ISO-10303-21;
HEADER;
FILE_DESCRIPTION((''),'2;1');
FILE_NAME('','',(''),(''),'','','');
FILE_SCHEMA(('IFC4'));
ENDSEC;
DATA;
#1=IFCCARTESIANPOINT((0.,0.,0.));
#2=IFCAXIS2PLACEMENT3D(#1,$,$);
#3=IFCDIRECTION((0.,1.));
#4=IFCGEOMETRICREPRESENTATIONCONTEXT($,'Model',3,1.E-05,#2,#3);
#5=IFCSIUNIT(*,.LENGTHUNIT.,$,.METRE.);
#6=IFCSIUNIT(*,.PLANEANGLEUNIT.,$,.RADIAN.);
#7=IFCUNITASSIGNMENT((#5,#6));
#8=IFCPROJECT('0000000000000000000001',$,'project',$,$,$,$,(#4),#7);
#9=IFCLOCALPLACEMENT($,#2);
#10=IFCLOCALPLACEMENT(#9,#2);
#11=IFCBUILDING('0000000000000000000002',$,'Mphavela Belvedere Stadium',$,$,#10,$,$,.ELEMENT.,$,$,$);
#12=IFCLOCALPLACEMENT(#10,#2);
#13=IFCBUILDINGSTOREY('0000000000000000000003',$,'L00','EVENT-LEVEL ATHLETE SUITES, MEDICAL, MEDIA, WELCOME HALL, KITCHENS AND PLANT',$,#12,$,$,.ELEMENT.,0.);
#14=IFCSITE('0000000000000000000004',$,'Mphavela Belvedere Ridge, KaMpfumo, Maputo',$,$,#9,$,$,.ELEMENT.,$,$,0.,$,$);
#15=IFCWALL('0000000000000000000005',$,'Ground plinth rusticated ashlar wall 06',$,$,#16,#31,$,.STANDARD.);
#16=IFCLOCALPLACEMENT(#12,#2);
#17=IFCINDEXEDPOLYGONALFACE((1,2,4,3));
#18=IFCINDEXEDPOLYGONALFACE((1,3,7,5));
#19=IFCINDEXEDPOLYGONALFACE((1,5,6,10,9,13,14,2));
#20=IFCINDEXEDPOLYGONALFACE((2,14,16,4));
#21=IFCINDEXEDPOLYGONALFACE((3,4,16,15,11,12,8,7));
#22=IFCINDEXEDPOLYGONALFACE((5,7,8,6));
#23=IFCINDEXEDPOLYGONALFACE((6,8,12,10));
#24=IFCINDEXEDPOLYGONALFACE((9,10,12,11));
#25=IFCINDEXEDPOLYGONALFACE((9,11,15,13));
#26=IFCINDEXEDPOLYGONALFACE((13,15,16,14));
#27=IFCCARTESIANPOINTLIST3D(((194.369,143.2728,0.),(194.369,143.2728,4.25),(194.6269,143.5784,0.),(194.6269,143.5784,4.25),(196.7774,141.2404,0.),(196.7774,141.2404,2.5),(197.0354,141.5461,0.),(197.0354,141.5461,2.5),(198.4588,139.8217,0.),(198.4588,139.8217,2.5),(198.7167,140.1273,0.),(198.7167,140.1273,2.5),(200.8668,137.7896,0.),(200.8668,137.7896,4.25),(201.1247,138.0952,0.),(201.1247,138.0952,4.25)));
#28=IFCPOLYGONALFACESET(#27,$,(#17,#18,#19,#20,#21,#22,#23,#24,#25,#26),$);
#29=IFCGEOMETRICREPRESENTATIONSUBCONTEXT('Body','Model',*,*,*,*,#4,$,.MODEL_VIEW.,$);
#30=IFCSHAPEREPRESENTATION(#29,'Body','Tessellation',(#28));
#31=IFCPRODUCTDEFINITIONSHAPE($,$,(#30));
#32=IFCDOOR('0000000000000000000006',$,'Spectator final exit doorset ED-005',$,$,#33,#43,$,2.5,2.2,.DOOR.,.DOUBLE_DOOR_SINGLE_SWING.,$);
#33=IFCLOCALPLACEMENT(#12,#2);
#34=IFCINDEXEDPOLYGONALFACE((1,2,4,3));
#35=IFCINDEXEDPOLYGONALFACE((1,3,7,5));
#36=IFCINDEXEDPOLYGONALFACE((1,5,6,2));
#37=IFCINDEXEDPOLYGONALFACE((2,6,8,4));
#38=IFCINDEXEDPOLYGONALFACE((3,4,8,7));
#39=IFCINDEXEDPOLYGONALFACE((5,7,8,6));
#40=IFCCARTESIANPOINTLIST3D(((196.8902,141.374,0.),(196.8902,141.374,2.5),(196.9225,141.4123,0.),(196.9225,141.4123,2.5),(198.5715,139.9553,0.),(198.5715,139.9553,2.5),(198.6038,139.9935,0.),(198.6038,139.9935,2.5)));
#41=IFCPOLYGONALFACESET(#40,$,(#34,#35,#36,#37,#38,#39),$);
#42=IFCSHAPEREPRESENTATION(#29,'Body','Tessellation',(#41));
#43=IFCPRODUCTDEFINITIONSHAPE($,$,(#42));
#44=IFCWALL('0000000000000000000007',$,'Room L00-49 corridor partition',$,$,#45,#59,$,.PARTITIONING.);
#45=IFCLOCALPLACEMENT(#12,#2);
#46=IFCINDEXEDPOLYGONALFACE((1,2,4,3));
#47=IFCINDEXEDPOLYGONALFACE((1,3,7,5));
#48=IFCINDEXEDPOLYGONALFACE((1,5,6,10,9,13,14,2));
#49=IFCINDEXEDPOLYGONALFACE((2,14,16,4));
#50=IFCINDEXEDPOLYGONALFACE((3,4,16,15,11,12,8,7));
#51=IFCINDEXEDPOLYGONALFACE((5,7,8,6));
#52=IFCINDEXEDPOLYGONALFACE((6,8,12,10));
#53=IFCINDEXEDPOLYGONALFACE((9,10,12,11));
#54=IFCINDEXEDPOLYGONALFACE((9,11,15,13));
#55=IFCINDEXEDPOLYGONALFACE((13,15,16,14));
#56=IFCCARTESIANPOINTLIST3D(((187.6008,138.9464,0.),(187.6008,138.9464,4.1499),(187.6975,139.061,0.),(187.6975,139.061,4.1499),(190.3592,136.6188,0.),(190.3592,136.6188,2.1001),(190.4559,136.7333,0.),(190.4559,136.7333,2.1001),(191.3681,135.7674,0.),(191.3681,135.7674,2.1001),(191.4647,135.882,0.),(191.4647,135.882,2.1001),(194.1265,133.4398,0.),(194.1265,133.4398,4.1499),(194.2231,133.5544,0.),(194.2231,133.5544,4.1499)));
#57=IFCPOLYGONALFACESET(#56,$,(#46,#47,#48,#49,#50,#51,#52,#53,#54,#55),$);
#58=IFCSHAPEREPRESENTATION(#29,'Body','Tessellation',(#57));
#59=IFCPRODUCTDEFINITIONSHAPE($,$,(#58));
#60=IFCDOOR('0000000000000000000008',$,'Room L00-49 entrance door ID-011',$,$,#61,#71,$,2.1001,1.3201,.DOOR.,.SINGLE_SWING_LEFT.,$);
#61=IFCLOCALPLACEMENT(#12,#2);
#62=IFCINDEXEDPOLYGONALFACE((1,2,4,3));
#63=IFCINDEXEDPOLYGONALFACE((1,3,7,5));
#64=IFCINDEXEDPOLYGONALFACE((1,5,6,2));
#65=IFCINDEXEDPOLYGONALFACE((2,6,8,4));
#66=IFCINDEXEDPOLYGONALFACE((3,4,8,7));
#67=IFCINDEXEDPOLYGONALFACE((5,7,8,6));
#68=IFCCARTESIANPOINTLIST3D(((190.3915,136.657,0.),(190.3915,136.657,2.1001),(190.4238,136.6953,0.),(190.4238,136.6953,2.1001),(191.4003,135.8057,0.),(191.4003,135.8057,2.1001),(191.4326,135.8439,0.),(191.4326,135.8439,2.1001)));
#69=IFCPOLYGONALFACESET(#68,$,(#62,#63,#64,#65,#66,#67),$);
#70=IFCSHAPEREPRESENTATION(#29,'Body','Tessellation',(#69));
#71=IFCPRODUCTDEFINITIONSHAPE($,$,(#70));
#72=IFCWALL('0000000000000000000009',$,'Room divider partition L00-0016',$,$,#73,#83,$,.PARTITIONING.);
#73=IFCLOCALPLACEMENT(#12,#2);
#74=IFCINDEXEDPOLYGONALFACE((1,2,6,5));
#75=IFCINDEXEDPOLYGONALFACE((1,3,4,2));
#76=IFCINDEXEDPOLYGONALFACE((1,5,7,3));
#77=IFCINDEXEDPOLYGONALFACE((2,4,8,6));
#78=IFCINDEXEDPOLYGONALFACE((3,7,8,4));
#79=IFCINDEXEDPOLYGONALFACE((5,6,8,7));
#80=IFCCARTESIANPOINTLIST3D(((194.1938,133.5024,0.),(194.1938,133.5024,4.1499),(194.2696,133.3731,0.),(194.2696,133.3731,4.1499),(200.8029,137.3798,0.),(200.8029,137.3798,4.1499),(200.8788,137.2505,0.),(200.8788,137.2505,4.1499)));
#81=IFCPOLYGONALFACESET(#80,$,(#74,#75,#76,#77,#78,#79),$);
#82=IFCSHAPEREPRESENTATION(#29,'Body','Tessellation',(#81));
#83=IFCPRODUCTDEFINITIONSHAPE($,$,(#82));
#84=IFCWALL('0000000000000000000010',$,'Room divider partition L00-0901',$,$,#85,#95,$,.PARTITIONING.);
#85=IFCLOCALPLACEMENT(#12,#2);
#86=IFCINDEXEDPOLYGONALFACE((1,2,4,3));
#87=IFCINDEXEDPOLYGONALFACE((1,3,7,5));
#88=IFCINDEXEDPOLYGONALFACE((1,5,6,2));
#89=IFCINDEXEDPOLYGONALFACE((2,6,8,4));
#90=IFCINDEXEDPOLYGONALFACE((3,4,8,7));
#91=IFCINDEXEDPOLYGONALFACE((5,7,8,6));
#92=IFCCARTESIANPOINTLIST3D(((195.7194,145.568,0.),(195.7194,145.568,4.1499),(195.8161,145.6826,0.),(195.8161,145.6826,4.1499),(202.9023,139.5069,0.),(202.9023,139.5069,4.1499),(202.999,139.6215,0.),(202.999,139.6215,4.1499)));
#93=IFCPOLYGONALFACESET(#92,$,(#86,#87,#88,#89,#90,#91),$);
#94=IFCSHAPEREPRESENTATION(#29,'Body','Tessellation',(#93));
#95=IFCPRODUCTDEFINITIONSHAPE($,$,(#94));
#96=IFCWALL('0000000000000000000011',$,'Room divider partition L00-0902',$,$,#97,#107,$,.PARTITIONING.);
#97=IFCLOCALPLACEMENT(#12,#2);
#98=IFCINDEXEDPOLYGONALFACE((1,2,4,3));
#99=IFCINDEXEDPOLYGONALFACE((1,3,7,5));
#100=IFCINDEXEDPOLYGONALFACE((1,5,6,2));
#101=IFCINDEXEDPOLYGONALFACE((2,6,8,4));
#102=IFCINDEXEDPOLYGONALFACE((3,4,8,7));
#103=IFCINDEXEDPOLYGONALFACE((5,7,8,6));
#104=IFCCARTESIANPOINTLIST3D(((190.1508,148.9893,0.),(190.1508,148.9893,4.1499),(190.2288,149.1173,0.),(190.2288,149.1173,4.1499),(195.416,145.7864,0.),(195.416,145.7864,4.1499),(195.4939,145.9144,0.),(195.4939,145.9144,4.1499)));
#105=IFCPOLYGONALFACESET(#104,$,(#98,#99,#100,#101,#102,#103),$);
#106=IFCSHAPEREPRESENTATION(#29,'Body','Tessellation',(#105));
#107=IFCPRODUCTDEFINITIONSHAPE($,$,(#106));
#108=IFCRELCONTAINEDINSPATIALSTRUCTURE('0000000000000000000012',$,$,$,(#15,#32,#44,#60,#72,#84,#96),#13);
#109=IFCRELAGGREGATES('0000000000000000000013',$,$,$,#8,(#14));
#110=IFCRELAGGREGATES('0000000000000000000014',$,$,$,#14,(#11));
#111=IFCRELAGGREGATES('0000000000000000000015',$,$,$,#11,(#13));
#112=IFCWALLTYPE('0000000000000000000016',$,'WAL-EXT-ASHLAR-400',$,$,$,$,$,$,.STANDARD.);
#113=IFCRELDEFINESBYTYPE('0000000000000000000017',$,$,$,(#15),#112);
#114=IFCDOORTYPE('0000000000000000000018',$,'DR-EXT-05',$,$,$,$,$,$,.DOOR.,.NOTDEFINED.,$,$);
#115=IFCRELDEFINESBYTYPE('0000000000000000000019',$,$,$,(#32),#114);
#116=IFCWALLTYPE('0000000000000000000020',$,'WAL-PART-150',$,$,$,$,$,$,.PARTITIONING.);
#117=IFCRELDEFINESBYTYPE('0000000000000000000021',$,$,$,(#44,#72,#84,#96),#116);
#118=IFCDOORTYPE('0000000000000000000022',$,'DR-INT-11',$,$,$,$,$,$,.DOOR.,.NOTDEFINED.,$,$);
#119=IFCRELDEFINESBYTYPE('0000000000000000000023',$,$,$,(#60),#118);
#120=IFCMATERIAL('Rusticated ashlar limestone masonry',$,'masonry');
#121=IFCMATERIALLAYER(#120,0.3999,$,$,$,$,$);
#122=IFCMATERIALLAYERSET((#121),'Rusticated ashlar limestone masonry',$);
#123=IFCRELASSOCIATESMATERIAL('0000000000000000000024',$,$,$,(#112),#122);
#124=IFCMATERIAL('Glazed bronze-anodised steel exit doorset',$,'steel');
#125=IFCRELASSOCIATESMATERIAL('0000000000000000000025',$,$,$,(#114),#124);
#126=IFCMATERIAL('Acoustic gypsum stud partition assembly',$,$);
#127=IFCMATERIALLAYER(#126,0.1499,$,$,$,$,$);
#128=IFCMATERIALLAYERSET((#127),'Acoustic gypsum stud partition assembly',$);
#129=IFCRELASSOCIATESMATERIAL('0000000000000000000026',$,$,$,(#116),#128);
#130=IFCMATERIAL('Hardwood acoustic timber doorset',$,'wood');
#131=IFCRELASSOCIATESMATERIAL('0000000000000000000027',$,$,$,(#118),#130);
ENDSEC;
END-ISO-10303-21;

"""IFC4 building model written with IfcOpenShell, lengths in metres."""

from ifc_helpers import new_model, si_unit, direction, frame, frame_2d, origin, place, context, subcontext, project, spatial, rectangle, extrude, material, layer, layer_set, type_object, element, fill, save


model = new_model("IFC4")

# Units and contexts
model_context = context("Model", 3, precision=1e-05, world=origin(), true_north=direction((0.0, 1.0)))
body_context = subcontext(model_context, "Body", "Model", "MODEL_VIEW")
ifc_project = project(units=[si_unit("LENGTHUNIT", "METRE"), si_unit("PLANEANGLEUNIT", "RADIAN")], contexts=[model_context])

# Site, building, storey
site_placement = place(None, origin())
site = spatial("IfcSite", under=ifc_project, at=site_placement, Name="Mphavela Belvedere Ridge, KaMpfumo, Maputo", CompositionType="ELEMENT", RefElevation=0.0)
building_placement = place(site_placement, origin())
building = spatial("IfcBuilding", under=site, at=building_placement, Name="Mphavela Belvedere Stadium", CompositionType="ELEMENT")
storey_placement = place(building_placement, origin())
storey = spatial("IfcBuildingStorey", under=building, at=storey_placement, Name="L00", Description="EVENT-LEVEL ATHLETE SUITES, MEDICAL, MEDIA, WELCOME HALL, KITCHENS AND PLANT", CompositionType="ELEMENT", Elevation=0.0)

# Walls, openings, doors
ifc_material_1 = material(Name="Rusticated ashlar limestone masonry", Category="masonry")
ifc_layer_1 = layer(ifc_material_1, 0.3999)
ifc_layer_set_1 = layer_set([ifc_layer_1], Name="Rusticated ashlar limestone masonry")
wall_type_1 = type_object("IfcWallType", Name="WAL-EXT-ASHLAR-400", PredefinedType="STANDARD", material=ifc_layer_set_1)
wall_1_placement = place(storey_placement, frame((194.498, 143.4255, 0.0), z_axis=(0.0, 0.0, 1.0), x_axis=(0.764255, -0.644914, 0.0)))
wall_1 = element("IfcWall", 1, at=wall_1_placement, inside=storey, type_object=wall_type_1, Name="Ground plinth rusticated ashlar wall 06", PredefinedType="STANDARD", context=body_context, shape_type="SweptSolid", body=[
    extrude(rectangle(XDim=8.5022, YDim=0.3999, at=frame_2d((4.251, 0.0))), origin(), (0.0, 0.0, 1.0), 4.25),
])
opening_1_placement = place(wall_1_placement, frame((3.1511, 0.0, 0.0)))
opening_1 = element("IfcOpeningElement", 2, at=opening_1_placement, cuts=wall_1, PredefinedType="OPENING", context=body_context, shape_type="SweptSolid", body=[
    extrude(rectangle(XDim=2.2, YDim=2.5, at=frame_2d((1.1001, 1.25))), frame((0.0, 0.21, 0.0), z_axis=(0.0, -1.0, 0.0), x_axis=(1.0, 0.0, 0.0)), (0.0, 0.0, 1.0), 0.4199),
])
ifc_material_2 = material(Name="Glazed bronze-anodised steel exit doorset", Category="steel")
door_type_1 = type_object("IfcDoorType", Name="DR-EXT-05", OperationType="NOTDEFINED", PredefinedType="DOOR", material=ifc_material_2)
door_1_placement = place(opening_1_placement, origin())
door_1 = element("IfcDoor", 3, at=door_1_placement, inside=storey, type_object=door_type_1, Name="Spectator final exit doorset ED-005", OperationType="DOUBLE_DOOR_SINGLE_SWING", OverallHeight=2.5, OverallWidth=2.2, PredefinedType="DOOR", context=body_context, shape_type="SweptSolid", body=[
    extrude(rectangle(XDim=2.2, YDim=2.5, at=frame_2d((1.1001, 1.25))), frame((0.0, 0.0249, 0.0), z_axis=(0.0, -1.0, 0.0), x_axis=(1.0, 0.0, 0.0)), (0.0, 0.0, 1.0), 0.05),
])
fill(opening_1, door_1)
ifc_material_3 = material(Name="Acoustic gypsum stud partition assembly")
ifc_layer_2 = layer(ifc_material_3, 0.1499)
ifc_layer_set_2 = layer_set([ifc_layer_2], Name="Acoustic gypsum stud partition assembly")
wall_type_2 = type_object("IfcWallType", Name="WAL-PART-150", PredefinedType="PARTITIONING", material=ifc_layer_set_2)
wall_2_placement = place(storey_placement, frame((194.1748, 133.4971, 0.0), z_axis=(0.0, 0.0, 1.0), x_axis=(-0.764258, 0.644911, 0.0)))
wall_2 = element("IfcWall", 4, at=wall_2_placement, inside=storey, type_object=wall_type_2, Name="Room L00-49 corridor partition", PredefinedType="PARTITIONING", context=body_context, shape_type="SweptSolid", body=[
    extrude(rectangle(XDim=8.5386, YDim=0.1499, at=frame_2d((4.2693, 0.0))), origin(), (0.0, 0.0, 1.0), 4.1499),
])
opening_2_placement = place(wall_2_placement, frame((3.6091, 0.0, 0.0)))
opening_2 = element("IfcOpeningElement", 5, at=opening_2_placement, cuts=wall_2, PredefinedType="OPENING", context=body_context, shape_type="SweptSolid", body=[
    extrude(rectangle(XDim=1.3201, YDim=2.1001, at=frame_2d((0.6602, 1.05))), frame((0.0, 0.085, 0.0), z_axis=(0.0, -1.0, 0.0), x_axis=(1.0, 0.0, 0.0)), (0.0, 0.0, 1.0), 0.1699),
])
ifc_material_4 = material(Name="Hardwood acoustic timber doorset", Category="wood")
door_type_2 = type_object("IfcDoorType", Name="DR-INT-11", OperationType="NOTDEFINED", PredefinedType="DOOR", material=ifc_material_4)
door_2_placement = place(opening_2_placement, origin())
door_2 = element("IfcDoor", 6, at=door_2_placement, inside=storey, type_object=door_type_2, Name="Room L00-49 entrance door ID-011", OperationType="SINGLE_SWING_LEFT", OverallHeight=2.1001, OverallWidth=1.3201, PredefinedType="DOOR", context=body_context, shape_type="SweptSolid", body=[
    extrude(rectangle(XDim=1.3201, YDim=2.1001, at=frame_2d((0.6602, 1.05))), frame((0.0, 0.0249, 0.0), z_axis=(0.0, -1.0, 0.0), x_axis=(1.0, 0.0, 0.0)), (0.0, 0.0, 1.0), 0.05),
])
fill(opening_2, door_2)

# Walls
wall_3_placement = place(storey_placement, frame((194.2317, 133.4377, 0.0), z_axis=(0.0, 0.0, 1.0), x_axis=(0.86252, 0.506023, 0.0)))
element("IfcWall", 7, at=wall_3_placement, inside=storey, type_object=wall_type_2, Name="Room divider partition L00-0016", PredefinedType="PARTITIONING", context=body_context, shape_type="SweptSolid", body=[
    extrude(rectangle(XDim=7.6626, YDim=0.1499, at=frame_2d((3.8313, 0.0))), origin(), (0.0, 0.0, 1.0), 4.1499),
])
wall_4_placement = place(storey_placement, frame((202.9507, 139.5642, 0.0), z_axis=(0.0, 0.0, 1.0), x_axis=(-0.764265, 0.644902, 0.0)))
element("IfcWall", 8, at=wall_4_placement, inside=storey, type_object=wall_type_2, Name="Room divider partition L00-0901", PredefinedType="PARTITIONING", context=body_context, shape_type="SweptSolid", body=[
    extrude(rectangle(XDim=9.3984, YDim=0.1499, at=frame_2d((4.6992, 0.0))), origin(), (0.0, 0.0, 1.0), 4.1499),
])
wall_5_placement = place(storey_placement, frame((195.4551, 145.8503, 0.0), z_axis=(0.0, 0.0, 1.0), x_axis=(-0.854342, 0.519712, 0.0)))
element("IfcWall", 9, at=wall_5_placement, inside=storey, type_object=wall_type_2, Name="Room divider partition L00-0902", PredefinedType="PARTITIONING", context=body_context, shape_type="SweptSolid", body=[
    extrude(rectangle(XDim=6.1628, YDim=0.1499, at=frame_2d((3.0815, 0.0))), origin(), (0.0, 0.0, 1.0), 4.1499),
])

save(model, "model.ifc")
